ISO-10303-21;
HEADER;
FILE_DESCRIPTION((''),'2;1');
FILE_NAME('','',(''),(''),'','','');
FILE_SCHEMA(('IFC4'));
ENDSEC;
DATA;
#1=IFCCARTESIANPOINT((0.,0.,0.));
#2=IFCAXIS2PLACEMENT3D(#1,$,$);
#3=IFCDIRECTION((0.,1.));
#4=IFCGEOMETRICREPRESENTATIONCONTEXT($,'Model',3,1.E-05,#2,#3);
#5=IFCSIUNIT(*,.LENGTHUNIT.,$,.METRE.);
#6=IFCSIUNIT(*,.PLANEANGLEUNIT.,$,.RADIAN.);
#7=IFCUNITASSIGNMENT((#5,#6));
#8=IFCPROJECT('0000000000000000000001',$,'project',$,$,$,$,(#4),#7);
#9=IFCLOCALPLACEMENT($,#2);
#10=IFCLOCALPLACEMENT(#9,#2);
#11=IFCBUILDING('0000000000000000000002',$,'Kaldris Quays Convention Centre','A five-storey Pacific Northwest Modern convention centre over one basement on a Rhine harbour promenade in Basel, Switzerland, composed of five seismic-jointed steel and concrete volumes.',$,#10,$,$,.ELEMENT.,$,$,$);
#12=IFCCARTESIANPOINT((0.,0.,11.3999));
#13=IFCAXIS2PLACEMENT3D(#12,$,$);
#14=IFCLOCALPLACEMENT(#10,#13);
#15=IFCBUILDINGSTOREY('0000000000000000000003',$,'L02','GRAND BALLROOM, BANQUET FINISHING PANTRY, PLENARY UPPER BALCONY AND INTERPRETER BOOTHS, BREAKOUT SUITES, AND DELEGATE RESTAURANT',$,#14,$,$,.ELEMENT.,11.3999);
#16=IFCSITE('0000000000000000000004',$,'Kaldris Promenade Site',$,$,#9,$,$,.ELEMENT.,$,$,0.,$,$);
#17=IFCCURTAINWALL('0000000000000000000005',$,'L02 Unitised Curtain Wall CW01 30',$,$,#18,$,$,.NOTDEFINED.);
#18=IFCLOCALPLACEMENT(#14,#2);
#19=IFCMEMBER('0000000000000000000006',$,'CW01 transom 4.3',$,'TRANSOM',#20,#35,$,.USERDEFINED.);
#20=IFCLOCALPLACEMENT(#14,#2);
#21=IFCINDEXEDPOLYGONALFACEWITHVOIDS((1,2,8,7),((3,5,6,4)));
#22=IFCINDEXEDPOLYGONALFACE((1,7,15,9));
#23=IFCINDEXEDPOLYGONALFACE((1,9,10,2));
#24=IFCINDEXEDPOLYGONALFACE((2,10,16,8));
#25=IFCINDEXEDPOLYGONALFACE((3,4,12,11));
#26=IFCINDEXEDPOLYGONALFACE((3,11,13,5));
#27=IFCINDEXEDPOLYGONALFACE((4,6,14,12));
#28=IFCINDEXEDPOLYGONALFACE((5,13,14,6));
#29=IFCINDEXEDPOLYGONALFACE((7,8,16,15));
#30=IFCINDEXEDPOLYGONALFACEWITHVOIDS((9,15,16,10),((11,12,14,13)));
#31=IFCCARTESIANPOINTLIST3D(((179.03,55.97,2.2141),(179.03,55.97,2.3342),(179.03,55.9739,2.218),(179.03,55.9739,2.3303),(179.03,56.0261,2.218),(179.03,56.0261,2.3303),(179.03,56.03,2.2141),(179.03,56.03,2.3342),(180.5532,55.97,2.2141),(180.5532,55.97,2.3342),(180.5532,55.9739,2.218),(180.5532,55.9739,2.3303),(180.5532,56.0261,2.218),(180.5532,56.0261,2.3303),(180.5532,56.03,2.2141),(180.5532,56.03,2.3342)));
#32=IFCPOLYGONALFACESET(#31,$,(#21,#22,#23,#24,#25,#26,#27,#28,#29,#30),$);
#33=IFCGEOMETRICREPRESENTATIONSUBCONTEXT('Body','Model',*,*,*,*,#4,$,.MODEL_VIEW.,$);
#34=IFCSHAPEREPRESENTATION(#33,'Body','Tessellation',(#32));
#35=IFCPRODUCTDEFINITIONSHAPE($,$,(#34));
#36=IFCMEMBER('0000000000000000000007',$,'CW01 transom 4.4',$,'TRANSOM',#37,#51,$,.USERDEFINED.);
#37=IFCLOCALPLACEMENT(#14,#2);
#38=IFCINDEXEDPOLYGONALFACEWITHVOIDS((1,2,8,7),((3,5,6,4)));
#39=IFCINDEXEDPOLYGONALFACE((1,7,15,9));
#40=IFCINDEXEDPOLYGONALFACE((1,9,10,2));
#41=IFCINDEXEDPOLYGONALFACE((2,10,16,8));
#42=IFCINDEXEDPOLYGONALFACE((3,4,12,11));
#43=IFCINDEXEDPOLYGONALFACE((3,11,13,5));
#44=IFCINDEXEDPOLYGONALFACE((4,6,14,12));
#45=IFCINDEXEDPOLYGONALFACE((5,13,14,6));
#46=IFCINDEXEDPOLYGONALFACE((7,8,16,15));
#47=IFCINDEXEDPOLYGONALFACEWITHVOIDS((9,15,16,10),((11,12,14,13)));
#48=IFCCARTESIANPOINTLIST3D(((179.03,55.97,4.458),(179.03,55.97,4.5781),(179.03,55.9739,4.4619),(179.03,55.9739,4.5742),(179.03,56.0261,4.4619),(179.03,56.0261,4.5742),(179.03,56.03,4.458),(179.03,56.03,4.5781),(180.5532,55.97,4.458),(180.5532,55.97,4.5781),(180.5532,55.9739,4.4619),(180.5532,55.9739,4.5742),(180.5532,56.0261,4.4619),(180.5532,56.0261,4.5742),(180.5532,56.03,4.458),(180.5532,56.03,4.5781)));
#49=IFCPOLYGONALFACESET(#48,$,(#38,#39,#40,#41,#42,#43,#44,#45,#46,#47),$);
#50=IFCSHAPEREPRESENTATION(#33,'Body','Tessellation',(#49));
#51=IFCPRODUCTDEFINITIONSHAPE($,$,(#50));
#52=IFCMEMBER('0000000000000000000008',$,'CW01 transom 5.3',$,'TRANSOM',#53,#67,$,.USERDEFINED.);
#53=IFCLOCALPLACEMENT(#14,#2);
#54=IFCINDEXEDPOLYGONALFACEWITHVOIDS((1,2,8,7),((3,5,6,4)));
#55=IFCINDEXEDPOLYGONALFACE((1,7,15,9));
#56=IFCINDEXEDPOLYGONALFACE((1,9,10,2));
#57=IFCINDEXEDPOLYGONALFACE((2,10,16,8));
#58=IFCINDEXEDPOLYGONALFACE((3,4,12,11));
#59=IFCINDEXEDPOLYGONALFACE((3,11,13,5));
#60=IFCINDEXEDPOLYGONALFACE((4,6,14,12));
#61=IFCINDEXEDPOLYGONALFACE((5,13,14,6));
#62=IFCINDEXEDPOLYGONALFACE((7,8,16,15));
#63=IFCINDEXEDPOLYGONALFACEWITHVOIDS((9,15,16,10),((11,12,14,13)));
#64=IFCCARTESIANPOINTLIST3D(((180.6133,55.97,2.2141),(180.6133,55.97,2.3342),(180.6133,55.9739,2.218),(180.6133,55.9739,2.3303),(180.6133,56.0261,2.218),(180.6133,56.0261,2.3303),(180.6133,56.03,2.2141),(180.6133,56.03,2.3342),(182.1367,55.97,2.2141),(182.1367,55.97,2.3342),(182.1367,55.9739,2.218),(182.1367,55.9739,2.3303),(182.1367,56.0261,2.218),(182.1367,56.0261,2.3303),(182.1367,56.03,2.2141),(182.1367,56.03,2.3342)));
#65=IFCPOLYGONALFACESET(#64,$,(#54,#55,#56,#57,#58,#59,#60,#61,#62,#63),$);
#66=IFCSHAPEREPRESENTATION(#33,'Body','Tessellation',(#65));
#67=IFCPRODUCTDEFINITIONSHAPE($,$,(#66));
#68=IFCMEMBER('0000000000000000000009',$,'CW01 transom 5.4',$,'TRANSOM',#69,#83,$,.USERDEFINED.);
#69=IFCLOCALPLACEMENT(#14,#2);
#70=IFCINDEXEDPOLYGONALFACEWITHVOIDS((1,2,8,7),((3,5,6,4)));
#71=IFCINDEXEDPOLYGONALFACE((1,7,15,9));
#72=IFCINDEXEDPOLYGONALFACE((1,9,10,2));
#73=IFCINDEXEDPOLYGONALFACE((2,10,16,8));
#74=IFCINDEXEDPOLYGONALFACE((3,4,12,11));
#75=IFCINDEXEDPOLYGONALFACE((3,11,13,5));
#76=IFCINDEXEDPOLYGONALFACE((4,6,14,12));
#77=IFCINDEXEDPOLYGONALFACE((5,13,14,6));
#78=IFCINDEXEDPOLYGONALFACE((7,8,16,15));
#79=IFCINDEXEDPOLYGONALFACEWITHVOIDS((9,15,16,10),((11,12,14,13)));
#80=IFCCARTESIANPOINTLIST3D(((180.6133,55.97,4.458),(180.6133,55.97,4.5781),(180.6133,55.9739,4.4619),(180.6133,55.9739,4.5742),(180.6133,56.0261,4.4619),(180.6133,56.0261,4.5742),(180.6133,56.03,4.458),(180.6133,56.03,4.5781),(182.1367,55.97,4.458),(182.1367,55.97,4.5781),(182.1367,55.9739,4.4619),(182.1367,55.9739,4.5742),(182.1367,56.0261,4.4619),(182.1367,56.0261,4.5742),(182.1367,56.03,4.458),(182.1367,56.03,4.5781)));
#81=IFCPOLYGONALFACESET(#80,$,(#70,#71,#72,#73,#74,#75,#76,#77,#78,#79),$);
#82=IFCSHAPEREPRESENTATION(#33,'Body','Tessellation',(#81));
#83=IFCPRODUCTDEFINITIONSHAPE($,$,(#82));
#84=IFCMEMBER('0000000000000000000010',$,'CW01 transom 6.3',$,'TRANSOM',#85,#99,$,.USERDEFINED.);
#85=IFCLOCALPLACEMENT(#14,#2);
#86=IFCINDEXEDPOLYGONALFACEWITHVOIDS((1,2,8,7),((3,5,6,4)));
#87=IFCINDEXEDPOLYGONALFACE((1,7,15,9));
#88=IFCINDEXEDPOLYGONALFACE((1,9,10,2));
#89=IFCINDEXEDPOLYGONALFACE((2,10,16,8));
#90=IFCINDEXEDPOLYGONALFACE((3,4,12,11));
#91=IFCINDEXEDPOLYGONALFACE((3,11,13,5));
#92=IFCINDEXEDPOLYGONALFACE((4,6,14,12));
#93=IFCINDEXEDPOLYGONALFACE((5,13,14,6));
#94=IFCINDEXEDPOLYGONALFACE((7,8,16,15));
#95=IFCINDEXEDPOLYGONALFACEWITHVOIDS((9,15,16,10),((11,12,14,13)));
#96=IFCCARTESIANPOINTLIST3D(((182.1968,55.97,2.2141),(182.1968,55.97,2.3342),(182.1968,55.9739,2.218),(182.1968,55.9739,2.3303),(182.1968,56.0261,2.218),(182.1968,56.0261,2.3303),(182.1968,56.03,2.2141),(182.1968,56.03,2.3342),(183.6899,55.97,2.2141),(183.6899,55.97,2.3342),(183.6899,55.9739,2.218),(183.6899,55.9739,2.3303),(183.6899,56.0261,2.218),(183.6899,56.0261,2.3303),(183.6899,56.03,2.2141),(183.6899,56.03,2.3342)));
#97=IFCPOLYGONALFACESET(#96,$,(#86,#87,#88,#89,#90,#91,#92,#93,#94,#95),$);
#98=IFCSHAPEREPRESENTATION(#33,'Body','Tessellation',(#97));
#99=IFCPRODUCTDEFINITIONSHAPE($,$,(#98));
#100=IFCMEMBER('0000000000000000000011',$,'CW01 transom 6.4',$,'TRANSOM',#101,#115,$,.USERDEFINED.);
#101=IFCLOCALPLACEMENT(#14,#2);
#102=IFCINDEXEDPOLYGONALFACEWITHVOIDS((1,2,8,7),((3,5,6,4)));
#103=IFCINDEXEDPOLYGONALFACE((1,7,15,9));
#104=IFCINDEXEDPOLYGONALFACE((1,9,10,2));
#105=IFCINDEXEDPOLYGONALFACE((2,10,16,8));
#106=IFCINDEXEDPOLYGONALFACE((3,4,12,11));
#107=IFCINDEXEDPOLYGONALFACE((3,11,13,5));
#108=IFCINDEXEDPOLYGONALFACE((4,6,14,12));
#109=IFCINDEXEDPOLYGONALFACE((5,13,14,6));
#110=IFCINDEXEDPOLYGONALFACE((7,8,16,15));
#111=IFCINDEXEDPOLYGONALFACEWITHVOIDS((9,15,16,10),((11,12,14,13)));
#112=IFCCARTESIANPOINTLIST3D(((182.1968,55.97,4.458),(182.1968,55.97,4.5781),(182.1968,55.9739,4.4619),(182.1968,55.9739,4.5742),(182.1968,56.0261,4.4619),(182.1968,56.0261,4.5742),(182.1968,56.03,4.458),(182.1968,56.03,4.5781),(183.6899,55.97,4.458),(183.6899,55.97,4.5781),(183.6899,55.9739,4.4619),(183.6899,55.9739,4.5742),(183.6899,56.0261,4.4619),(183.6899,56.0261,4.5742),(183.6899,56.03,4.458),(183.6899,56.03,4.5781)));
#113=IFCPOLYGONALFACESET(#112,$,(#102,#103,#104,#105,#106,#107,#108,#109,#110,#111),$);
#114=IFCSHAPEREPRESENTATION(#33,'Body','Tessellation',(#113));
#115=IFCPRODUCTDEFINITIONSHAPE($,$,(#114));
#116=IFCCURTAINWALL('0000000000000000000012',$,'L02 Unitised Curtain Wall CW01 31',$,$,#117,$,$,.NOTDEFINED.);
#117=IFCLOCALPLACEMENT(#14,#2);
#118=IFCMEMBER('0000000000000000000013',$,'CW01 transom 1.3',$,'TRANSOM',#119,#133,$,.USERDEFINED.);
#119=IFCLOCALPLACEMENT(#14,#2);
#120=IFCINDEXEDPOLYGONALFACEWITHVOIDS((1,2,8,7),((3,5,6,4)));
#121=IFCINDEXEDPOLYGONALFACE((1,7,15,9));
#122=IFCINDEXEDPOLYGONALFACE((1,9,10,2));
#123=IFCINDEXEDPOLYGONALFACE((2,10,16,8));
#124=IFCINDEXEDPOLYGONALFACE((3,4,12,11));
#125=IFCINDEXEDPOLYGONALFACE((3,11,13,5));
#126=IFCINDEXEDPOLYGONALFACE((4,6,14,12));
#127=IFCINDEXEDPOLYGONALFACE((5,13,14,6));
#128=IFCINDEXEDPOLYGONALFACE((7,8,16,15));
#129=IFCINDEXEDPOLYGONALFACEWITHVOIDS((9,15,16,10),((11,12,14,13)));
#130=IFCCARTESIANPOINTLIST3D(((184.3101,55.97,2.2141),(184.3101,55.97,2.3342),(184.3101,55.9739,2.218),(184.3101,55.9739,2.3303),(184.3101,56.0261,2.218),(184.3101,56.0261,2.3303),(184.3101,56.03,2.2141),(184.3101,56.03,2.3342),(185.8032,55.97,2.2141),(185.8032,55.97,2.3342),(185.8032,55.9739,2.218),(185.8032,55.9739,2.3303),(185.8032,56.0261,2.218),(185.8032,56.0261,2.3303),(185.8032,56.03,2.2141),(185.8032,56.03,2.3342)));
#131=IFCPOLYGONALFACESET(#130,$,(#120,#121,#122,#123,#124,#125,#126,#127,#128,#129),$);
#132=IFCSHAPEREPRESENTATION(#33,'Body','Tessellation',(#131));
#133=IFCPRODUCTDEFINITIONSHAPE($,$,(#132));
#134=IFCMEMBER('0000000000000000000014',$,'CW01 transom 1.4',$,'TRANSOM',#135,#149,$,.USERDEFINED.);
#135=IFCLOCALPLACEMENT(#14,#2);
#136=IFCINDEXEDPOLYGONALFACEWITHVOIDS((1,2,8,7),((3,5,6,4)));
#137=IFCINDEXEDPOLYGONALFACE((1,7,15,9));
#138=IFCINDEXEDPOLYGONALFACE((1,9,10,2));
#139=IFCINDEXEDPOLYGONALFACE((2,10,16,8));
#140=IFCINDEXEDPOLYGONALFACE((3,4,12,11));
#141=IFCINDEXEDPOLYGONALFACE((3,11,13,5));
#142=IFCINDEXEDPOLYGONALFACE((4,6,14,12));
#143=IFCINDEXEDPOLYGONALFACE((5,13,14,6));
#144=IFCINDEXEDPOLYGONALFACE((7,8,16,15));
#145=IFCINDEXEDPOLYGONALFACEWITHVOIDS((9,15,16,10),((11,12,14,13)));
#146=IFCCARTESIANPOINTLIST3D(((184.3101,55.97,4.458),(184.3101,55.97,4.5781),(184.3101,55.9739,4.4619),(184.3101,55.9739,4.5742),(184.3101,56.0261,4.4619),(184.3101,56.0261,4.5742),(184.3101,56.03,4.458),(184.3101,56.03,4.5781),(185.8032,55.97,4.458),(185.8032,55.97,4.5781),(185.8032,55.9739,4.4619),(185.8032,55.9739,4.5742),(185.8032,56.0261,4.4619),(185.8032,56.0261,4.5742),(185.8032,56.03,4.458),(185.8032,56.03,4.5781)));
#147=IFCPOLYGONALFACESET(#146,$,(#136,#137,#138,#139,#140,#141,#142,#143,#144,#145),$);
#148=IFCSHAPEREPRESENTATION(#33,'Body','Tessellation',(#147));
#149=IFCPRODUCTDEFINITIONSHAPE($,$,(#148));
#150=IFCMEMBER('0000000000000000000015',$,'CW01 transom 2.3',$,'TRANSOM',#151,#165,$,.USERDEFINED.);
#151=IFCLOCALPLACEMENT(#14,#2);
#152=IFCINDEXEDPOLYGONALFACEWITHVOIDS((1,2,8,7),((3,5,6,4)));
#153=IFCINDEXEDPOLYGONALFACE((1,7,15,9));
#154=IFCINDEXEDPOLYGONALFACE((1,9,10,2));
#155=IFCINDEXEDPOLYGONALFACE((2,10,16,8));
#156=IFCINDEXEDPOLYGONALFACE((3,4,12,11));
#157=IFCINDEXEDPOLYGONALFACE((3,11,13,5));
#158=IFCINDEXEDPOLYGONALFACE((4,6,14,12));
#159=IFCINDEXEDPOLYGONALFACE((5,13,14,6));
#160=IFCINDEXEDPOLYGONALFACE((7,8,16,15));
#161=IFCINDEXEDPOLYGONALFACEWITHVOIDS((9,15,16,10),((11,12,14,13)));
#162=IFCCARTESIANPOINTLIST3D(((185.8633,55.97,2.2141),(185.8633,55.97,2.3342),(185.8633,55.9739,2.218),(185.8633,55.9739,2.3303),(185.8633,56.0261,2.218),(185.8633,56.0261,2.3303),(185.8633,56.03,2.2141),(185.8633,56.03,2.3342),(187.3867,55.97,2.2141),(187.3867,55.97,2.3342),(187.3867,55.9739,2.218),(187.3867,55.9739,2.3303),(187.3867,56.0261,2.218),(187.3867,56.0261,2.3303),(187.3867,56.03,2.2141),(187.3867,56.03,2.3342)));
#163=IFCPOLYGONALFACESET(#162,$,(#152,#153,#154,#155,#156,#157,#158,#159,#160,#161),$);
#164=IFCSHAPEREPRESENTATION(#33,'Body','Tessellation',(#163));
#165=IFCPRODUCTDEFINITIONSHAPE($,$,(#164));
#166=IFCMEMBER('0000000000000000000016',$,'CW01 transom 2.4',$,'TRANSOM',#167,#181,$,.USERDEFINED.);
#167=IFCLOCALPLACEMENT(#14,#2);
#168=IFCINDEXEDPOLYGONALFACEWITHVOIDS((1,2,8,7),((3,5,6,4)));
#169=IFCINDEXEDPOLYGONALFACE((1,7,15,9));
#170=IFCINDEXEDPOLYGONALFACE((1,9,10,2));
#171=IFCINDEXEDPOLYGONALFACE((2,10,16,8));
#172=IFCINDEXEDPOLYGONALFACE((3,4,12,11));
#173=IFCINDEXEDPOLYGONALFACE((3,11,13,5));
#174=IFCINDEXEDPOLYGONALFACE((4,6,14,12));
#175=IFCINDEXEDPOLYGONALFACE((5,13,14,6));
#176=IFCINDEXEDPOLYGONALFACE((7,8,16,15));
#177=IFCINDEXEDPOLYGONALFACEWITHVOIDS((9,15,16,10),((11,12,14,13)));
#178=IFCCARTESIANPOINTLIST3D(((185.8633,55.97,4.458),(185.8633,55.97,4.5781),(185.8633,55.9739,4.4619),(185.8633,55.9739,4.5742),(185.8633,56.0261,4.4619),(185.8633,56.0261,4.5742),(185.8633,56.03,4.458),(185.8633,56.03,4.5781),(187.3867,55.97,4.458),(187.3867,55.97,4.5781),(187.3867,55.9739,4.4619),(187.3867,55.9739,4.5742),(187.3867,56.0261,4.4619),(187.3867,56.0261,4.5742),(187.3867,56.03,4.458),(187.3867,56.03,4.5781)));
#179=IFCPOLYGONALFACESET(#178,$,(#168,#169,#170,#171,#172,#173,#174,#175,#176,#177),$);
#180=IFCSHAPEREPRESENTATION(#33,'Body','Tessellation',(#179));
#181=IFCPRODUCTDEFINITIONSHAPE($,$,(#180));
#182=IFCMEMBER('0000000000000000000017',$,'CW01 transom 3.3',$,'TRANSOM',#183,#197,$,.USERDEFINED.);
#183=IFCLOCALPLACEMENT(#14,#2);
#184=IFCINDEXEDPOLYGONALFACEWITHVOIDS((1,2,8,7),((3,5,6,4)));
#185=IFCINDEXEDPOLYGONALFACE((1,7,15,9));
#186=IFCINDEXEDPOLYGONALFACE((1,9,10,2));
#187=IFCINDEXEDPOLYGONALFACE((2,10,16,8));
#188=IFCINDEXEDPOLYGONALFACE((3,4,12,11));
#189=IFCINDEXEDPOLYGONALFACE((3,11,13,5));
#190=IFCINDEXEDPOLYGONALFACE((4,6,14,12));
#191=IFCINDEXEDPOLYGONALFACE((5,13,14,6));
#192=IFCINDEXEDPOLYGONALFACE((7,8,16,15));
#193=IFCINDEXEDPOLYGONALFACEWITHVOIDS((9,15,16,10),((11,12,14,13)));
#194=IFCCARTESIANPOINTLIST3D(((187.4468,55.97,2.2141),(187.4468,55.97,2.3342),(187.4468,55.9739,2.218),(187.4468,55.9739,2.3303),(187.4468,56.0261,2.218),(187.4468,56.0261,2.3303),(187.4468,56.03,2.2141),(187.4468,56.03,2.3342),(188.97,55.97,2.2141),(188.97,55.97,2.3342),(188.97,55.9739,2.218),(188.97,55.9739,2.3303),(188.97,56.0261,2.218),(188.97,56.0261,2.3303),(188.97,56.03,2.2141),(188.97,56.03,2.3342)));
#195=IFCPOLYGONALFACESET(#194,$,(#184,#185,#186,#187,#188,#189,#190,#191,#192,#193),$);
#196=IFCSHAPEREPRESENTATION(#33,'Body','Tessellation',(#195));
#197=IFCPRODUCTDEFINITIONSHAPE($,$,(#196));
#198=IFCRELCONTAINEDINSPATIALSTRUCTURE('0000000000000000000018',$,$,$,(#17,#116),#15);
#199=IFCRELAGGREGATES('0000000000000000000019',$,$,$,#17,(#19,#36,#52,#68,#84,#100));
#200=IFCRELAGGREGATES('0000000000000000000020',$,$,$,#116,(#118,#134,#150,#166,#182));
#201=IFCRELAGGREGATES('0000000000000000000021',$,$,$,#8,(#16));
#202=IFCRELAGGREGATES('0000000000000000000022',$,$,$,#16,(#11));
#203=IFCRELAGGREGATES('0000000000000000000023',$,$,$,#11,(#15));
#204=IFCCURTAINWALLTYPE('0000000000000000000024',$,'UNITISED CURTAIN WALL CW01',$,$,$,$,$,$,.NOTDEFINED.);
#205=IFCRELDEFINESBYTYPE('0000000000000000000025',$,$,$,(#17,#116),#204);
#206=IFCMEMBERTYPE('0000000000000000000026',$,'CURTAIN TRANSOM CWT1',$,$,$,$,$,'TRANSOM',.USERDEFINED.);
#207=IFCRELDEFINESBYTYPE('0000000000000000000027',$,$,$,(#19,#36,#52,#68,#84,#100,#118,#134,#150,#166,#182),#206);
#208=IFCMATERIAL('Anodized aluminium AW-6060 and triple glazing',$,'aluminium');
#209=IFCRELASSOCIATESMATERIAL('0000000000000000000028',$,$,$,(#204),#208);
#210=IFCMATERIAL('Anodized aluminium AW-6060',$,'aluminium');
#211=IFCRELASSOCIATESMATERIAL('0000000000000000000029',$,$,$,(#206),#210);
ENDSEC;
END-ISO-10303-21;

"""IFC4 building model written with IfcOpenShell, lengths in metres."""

from ifc_helpers import new_model, si_unit, direction, frame, origin, origin_2d, place, context, subcontext, project, spatial, hollow_rectangle, extrude, material, material_profile, profile_set, type_object, element, aggregate, save


model = new_model("IFC4")

# Units and contexts
model_context = context("Model", 3, precision=1e-05, world=origin(), true_north=direction((0.0, 1.0)))
body_context = subcontext(model_context, "Body", "Model", "MODEL_VIEW")
ifc_project = project(units=[si_unit("LENGTHUNIT", "METRE"), si_unit("PLANEANGLEUNIT", "RADIAN")], contexts=[model_context])

# Site, building, storey
site_placement = place(None, origin())
site = spatial("IfcSite", under=ifc_project, at=site_placement, Name="Kaldris Promenade Site", CompositionType="ELEMENT", RefElevation=0.0)
building_placement = place(site_placement, origin())
building = spatial("IfcBuilding", under=site, at=building_placement, Name="Kaldris Quays Convention Centre", Description="A five-storey Pacific Northwest Modern convention centre over one basement on a Rhine harbour promenade in Basel, Switzerland, composed of five seismic-jointed steel and concrete volumes.", CompositionType="ELEMENT")
storey_placement = place(building_placement, frame((0.0, 0.0, 11.3999)))
storey = spatial("IfcBuildingStorey", under=building, at=storey_placement, Name="L02", Description="GRAND BALLROOM, BANQUET FINISHING PANTRY, PLENARY UPPER BALCONY AND INTERPRETER BOOTHS, BREAKOUT SUITES, AND DELEGATE RESTAURANT", CompositionType="ELEMENT", Elevation=11.3999)

# Curtain walls, members
ifc_material_1 = material(Name="Anodized aluminium AW-6060 and triple glazing", Category="aluminium")
curtain_wall_type = type_object("IfcCurtainWallType", Name="UNITISED CURTAIN WALL CW01", PredefinedType="NOTDEFINED", material=ifc_material_1)
curtain_wall_1_placement = place(storey_placement, origin())
curtain_wall_1 = element("IfcCurtainWall", 1, at=curtain_wall_1_placement, inside=storey, type_object=curtain_wall_type, Name="L02 Unitised Curtain Wall CW01 30", PredefinedType="NOTDEFINED")
ifc_material_2 = material(Name="Anodized aluminium AW-6060", Category="aluminium")
ifc_material_profile_1 = material_profile(ifc_material_2, hollow_rectangle(XDim=0.0601, YDim=0.1201, WallThickness=0.0039, at=origin_2d()), Name="RHS 120x60x4")
ifc_profile_set_1 = profile_set([ifc_material_profile_1], Name="Anodized aluminium AW-6060")
member_type = type_object("IfcMemberType", Name="CURTAIN TRANSOM CWT1", ElementType="TRANSOM", PredefinedType="USERDEFINED", material=ifc_profile_set_1)
member_1_placement = place(storey_placement, frame((179.03, 56.0, 2.2742), z_axis=(1.0, 0.0, 0.0), x_axis=(0.0, 1.0, 0.0)))
member_1 = element("IfcMember", 2, at=member_1_placement, type_object=member_type, Name="CW01 transom 4.3", ObjectType="TRANSOM", PredefinedType="USERDEFINED", context=body_context, shape_type="SweptSolid", body=[
    extrude(hollow_rectangle(XDim=0.0601, YDim=0.1201, WallThickness=0.0039, at=origin_2d()), origin(), (0.0, 0.0, 1.0), 1.5232),
])
member_2_placement = place(storey_placement, frame((179.03, 56.0, 4.5181), z_axis=(1.0, 0.0, 0.0), x_axis=(0.0, 1.0, 0.0)))
member_2 = element("IfcMember", 3, at=member_2_placement, type_object=member_type, Name="CW01 transom 4.4", ObjectType="TRANSOM", PredefinedType="USERDEFINED", context=body_context, shape_type="SweptSolid", body=[
    extrude(hollow_rectangle(XDim=0.0601, YDim=0.1201, WallThickness=0.0039, at=origin_2d()), origin(), (0.0, 0.0, 1.0), 1.5232),
])
member_3_placement = place(storey_placement, frame((180.6133, 56.0, 2.2742), z_axis=(1.0, 0.0, 0.0), x_axis=(0.0, 1.0, 0.0)))
member_3 = element("IfcMember", 4, at=member_3_placement, type_object=member_type, Name="CW01 transom 5.3", ObjectType="TRANSOM", PredefinedType="USERDEFINED", context=body_context, shape_type="SweptSolid", body=[
    extrude(hollow_rectangle(XDim=0.0601, YDim=0.1201, WallThickness=0.0039, at=origin_2d()), origin(), (0.0, 0.0, 1.0), 1.5234),
])
member_4_placement = place(storey_placement, frame((180.6133, 56.0, 4.5181), z_axis=(1.0, 0.0, 0.0), x_axis=(0.0, 1.0, 0.0)))
member_4 = element("IfcMember", 5, at=member_4_placement, type_object=member_type, Name="CW01 transom 5.4", ObjectType="TRANSOM", PredefinedType="USERDEFINED", context=body_context, shape_type="SweptSolid", body=[
    extrude(hollow_rectangle(XDim=0.0601, YDim=0.1201, WallThickness=0.0039, at=origin_2d()), origin(), (0.0, 0.0, 1.0), 1.5234),
])
member_5_placement = place(storey_placement, frame((182.1968, 56.0, 2.2742), z_axis=(1.0, 0.0, 0.0), x_axis=(0.0, 1.0, 0.0)))
member_5 = element("IfcMember", 6, at=member_5_placement, type_object=member_type, Name="CW01 transom 6.3", ObjectType="TRANSOM", PredefinedType="USERDEFINED", context=body_context, shape_type="SweptSolid", body=[
    extrude(hollow_rectangle(XDim=0.0601, YDim=0.1201, WallThickness=0.0039, at=origin_2d()), origin(), (0.0, 0.0, 1.0), 1.4932),
])
member_6_placement = place(storey_placement, frame((182.1968, 56.0, 4.5181), z_axis=(1.0, 0.0, 0.0), x_axis=(0.0, 1.0, 0.0)))
member_6 = element("IfcMember", 7, at=member_6_placement, type_object=member_type, Name="CW01 transom 6.4", ObjectType="TRANSOM", PredefinedType="USERDEFINED", context=body_context, shape_type="SweptSolid", body=[
    extrude(hollow_rectangle(XDim=0.0601, YDim=0.1201, WallThickness=0.0039, at=origin_2d()), origin(), (0.0, 0.0, 1.0), 1.4932),
])
curtain_wall_2_placement = place(storey_placement, origin())
curtain_wall_2 = element("IfcCurtainWall", 8, at=curtain_wall_2_placement, inside=storey, type_object=curtain_wall_type, Name="L02 Unitised Curtain Wall CW01 31", PredefinedType="NOTDEFINED")
member_7_placement = place(storey_placement, frame((184.3101, 56.0, 2.2742), z_axis=(1.0, 0.0, 0.0), x_axis=(0.0, 1.0, 0.0)))
member_7 = element("IfcMember", 9, at=member_7_placement, type_object=member_type, Name="CW01 transom 1.3", ObjectType="TRANSOM", PredefinedType="USERDEFINED", context=body_context, shape_type="SweptSolid", body=[
    extrude(hollow_rectangle(XDim=0.0601, YDim=0.1201, WallThickness=0.0039, at=origin_2d()), origin(), (0.0, 0.0, 1.0), 1.4932),
])
member_8_placement = place(storey_placement, frame((184.3101, 56.0, 4.5181), z_axis=(1.0, 0.0, 0.0), x_axis=(0.0, 1.0, 0.0)))
member_8 = element("IfcMember", 10, at=member_8_placement, type_object=member_type, Name="CW01 transom 1.4", ObjectType="TRANSOM", PredefinedType="USERDEFINED", context=body_context, shape_type="SweptSolid", body=[
    extrude(hollow_rectangle(XDim=0.0601, YDim=0.1201, WallThickness=0.0039, at=origin_2d()), origin(), (0.0, 0.0, 1.0), 1.4932),
])
member_9_placement = place(storey_placement, frame((185.8633, 56.0, 2.2742), z_axis=(1.0, 0.0, 0.0), x_axis=(0.0, 1.0, 0.0)))
member_9 = element("IfcMember", 11, at=member_9_placement, type_object=member_type, Name="CW01 transom 2.3", ObjectType="TRANSOM", PredefinedType="USERDEFINED", context=body_context, shape_type="SweptSolid", body=[
    extrude(hollow_rectangle(XDim=0.0601, YDim=0.1201, WallThickness=0.0039, at=origin_2d()), origin(), (0.0, 0.0, 1.0), 1.5234),
])
member_10_placement = place(storey_placement, frame((185.8633, 56.0, 4.5181), z_axis=(1.0, 0.0, 0.0), x_axis=(0.0, 1.0, 0.0)))
member_10 = element("IfcMember", 12, at=member_10_placement, type_object=member_type, Name="CW01 transom 2.4", ObjectType="TRANSOM", PredefinedType="USERDEFINED", context=body_context, shape_type="SweptSolid", body=[
    extrude(hollow_rectangle(XDim=0.0601, YDim=0.1201, WallThickness=0.0039, at=origin_2d()), origin(), (0.0, 0.0, 1.0), 1.5234),
])
member_11_placement = place(storey_placement, frame((187.4468, 56.0, 2.2742), z_axis=(1.0, 0.0, 0.0), x_axis=(0.0, 1.0, 0.0)))
member_11 = element("IfcMember", 13, at=member_11_placement, type_object=member_type, Name="CW01 transom 3.3", ObjectType="TRANSOM", PredefinedType="USERDEFINED", context=body_context, shape_type="SweptSolid", body=[
    extrude(hollow_rectangle(XDim=0.0601, YDim=0.1201, WallThickness=0.0039, at=origin_2d()), origin(), (0.0, 0.0, 1.0), 1.5232),
])

aggregate(curtain_wall_1, [member_1, member_2, member_3, member_4, member_5, member_6])
aggregate(curtain_wall_2, [member_7, member_8, member_9, member_10, member_11])

save(model, "model.ifc")
